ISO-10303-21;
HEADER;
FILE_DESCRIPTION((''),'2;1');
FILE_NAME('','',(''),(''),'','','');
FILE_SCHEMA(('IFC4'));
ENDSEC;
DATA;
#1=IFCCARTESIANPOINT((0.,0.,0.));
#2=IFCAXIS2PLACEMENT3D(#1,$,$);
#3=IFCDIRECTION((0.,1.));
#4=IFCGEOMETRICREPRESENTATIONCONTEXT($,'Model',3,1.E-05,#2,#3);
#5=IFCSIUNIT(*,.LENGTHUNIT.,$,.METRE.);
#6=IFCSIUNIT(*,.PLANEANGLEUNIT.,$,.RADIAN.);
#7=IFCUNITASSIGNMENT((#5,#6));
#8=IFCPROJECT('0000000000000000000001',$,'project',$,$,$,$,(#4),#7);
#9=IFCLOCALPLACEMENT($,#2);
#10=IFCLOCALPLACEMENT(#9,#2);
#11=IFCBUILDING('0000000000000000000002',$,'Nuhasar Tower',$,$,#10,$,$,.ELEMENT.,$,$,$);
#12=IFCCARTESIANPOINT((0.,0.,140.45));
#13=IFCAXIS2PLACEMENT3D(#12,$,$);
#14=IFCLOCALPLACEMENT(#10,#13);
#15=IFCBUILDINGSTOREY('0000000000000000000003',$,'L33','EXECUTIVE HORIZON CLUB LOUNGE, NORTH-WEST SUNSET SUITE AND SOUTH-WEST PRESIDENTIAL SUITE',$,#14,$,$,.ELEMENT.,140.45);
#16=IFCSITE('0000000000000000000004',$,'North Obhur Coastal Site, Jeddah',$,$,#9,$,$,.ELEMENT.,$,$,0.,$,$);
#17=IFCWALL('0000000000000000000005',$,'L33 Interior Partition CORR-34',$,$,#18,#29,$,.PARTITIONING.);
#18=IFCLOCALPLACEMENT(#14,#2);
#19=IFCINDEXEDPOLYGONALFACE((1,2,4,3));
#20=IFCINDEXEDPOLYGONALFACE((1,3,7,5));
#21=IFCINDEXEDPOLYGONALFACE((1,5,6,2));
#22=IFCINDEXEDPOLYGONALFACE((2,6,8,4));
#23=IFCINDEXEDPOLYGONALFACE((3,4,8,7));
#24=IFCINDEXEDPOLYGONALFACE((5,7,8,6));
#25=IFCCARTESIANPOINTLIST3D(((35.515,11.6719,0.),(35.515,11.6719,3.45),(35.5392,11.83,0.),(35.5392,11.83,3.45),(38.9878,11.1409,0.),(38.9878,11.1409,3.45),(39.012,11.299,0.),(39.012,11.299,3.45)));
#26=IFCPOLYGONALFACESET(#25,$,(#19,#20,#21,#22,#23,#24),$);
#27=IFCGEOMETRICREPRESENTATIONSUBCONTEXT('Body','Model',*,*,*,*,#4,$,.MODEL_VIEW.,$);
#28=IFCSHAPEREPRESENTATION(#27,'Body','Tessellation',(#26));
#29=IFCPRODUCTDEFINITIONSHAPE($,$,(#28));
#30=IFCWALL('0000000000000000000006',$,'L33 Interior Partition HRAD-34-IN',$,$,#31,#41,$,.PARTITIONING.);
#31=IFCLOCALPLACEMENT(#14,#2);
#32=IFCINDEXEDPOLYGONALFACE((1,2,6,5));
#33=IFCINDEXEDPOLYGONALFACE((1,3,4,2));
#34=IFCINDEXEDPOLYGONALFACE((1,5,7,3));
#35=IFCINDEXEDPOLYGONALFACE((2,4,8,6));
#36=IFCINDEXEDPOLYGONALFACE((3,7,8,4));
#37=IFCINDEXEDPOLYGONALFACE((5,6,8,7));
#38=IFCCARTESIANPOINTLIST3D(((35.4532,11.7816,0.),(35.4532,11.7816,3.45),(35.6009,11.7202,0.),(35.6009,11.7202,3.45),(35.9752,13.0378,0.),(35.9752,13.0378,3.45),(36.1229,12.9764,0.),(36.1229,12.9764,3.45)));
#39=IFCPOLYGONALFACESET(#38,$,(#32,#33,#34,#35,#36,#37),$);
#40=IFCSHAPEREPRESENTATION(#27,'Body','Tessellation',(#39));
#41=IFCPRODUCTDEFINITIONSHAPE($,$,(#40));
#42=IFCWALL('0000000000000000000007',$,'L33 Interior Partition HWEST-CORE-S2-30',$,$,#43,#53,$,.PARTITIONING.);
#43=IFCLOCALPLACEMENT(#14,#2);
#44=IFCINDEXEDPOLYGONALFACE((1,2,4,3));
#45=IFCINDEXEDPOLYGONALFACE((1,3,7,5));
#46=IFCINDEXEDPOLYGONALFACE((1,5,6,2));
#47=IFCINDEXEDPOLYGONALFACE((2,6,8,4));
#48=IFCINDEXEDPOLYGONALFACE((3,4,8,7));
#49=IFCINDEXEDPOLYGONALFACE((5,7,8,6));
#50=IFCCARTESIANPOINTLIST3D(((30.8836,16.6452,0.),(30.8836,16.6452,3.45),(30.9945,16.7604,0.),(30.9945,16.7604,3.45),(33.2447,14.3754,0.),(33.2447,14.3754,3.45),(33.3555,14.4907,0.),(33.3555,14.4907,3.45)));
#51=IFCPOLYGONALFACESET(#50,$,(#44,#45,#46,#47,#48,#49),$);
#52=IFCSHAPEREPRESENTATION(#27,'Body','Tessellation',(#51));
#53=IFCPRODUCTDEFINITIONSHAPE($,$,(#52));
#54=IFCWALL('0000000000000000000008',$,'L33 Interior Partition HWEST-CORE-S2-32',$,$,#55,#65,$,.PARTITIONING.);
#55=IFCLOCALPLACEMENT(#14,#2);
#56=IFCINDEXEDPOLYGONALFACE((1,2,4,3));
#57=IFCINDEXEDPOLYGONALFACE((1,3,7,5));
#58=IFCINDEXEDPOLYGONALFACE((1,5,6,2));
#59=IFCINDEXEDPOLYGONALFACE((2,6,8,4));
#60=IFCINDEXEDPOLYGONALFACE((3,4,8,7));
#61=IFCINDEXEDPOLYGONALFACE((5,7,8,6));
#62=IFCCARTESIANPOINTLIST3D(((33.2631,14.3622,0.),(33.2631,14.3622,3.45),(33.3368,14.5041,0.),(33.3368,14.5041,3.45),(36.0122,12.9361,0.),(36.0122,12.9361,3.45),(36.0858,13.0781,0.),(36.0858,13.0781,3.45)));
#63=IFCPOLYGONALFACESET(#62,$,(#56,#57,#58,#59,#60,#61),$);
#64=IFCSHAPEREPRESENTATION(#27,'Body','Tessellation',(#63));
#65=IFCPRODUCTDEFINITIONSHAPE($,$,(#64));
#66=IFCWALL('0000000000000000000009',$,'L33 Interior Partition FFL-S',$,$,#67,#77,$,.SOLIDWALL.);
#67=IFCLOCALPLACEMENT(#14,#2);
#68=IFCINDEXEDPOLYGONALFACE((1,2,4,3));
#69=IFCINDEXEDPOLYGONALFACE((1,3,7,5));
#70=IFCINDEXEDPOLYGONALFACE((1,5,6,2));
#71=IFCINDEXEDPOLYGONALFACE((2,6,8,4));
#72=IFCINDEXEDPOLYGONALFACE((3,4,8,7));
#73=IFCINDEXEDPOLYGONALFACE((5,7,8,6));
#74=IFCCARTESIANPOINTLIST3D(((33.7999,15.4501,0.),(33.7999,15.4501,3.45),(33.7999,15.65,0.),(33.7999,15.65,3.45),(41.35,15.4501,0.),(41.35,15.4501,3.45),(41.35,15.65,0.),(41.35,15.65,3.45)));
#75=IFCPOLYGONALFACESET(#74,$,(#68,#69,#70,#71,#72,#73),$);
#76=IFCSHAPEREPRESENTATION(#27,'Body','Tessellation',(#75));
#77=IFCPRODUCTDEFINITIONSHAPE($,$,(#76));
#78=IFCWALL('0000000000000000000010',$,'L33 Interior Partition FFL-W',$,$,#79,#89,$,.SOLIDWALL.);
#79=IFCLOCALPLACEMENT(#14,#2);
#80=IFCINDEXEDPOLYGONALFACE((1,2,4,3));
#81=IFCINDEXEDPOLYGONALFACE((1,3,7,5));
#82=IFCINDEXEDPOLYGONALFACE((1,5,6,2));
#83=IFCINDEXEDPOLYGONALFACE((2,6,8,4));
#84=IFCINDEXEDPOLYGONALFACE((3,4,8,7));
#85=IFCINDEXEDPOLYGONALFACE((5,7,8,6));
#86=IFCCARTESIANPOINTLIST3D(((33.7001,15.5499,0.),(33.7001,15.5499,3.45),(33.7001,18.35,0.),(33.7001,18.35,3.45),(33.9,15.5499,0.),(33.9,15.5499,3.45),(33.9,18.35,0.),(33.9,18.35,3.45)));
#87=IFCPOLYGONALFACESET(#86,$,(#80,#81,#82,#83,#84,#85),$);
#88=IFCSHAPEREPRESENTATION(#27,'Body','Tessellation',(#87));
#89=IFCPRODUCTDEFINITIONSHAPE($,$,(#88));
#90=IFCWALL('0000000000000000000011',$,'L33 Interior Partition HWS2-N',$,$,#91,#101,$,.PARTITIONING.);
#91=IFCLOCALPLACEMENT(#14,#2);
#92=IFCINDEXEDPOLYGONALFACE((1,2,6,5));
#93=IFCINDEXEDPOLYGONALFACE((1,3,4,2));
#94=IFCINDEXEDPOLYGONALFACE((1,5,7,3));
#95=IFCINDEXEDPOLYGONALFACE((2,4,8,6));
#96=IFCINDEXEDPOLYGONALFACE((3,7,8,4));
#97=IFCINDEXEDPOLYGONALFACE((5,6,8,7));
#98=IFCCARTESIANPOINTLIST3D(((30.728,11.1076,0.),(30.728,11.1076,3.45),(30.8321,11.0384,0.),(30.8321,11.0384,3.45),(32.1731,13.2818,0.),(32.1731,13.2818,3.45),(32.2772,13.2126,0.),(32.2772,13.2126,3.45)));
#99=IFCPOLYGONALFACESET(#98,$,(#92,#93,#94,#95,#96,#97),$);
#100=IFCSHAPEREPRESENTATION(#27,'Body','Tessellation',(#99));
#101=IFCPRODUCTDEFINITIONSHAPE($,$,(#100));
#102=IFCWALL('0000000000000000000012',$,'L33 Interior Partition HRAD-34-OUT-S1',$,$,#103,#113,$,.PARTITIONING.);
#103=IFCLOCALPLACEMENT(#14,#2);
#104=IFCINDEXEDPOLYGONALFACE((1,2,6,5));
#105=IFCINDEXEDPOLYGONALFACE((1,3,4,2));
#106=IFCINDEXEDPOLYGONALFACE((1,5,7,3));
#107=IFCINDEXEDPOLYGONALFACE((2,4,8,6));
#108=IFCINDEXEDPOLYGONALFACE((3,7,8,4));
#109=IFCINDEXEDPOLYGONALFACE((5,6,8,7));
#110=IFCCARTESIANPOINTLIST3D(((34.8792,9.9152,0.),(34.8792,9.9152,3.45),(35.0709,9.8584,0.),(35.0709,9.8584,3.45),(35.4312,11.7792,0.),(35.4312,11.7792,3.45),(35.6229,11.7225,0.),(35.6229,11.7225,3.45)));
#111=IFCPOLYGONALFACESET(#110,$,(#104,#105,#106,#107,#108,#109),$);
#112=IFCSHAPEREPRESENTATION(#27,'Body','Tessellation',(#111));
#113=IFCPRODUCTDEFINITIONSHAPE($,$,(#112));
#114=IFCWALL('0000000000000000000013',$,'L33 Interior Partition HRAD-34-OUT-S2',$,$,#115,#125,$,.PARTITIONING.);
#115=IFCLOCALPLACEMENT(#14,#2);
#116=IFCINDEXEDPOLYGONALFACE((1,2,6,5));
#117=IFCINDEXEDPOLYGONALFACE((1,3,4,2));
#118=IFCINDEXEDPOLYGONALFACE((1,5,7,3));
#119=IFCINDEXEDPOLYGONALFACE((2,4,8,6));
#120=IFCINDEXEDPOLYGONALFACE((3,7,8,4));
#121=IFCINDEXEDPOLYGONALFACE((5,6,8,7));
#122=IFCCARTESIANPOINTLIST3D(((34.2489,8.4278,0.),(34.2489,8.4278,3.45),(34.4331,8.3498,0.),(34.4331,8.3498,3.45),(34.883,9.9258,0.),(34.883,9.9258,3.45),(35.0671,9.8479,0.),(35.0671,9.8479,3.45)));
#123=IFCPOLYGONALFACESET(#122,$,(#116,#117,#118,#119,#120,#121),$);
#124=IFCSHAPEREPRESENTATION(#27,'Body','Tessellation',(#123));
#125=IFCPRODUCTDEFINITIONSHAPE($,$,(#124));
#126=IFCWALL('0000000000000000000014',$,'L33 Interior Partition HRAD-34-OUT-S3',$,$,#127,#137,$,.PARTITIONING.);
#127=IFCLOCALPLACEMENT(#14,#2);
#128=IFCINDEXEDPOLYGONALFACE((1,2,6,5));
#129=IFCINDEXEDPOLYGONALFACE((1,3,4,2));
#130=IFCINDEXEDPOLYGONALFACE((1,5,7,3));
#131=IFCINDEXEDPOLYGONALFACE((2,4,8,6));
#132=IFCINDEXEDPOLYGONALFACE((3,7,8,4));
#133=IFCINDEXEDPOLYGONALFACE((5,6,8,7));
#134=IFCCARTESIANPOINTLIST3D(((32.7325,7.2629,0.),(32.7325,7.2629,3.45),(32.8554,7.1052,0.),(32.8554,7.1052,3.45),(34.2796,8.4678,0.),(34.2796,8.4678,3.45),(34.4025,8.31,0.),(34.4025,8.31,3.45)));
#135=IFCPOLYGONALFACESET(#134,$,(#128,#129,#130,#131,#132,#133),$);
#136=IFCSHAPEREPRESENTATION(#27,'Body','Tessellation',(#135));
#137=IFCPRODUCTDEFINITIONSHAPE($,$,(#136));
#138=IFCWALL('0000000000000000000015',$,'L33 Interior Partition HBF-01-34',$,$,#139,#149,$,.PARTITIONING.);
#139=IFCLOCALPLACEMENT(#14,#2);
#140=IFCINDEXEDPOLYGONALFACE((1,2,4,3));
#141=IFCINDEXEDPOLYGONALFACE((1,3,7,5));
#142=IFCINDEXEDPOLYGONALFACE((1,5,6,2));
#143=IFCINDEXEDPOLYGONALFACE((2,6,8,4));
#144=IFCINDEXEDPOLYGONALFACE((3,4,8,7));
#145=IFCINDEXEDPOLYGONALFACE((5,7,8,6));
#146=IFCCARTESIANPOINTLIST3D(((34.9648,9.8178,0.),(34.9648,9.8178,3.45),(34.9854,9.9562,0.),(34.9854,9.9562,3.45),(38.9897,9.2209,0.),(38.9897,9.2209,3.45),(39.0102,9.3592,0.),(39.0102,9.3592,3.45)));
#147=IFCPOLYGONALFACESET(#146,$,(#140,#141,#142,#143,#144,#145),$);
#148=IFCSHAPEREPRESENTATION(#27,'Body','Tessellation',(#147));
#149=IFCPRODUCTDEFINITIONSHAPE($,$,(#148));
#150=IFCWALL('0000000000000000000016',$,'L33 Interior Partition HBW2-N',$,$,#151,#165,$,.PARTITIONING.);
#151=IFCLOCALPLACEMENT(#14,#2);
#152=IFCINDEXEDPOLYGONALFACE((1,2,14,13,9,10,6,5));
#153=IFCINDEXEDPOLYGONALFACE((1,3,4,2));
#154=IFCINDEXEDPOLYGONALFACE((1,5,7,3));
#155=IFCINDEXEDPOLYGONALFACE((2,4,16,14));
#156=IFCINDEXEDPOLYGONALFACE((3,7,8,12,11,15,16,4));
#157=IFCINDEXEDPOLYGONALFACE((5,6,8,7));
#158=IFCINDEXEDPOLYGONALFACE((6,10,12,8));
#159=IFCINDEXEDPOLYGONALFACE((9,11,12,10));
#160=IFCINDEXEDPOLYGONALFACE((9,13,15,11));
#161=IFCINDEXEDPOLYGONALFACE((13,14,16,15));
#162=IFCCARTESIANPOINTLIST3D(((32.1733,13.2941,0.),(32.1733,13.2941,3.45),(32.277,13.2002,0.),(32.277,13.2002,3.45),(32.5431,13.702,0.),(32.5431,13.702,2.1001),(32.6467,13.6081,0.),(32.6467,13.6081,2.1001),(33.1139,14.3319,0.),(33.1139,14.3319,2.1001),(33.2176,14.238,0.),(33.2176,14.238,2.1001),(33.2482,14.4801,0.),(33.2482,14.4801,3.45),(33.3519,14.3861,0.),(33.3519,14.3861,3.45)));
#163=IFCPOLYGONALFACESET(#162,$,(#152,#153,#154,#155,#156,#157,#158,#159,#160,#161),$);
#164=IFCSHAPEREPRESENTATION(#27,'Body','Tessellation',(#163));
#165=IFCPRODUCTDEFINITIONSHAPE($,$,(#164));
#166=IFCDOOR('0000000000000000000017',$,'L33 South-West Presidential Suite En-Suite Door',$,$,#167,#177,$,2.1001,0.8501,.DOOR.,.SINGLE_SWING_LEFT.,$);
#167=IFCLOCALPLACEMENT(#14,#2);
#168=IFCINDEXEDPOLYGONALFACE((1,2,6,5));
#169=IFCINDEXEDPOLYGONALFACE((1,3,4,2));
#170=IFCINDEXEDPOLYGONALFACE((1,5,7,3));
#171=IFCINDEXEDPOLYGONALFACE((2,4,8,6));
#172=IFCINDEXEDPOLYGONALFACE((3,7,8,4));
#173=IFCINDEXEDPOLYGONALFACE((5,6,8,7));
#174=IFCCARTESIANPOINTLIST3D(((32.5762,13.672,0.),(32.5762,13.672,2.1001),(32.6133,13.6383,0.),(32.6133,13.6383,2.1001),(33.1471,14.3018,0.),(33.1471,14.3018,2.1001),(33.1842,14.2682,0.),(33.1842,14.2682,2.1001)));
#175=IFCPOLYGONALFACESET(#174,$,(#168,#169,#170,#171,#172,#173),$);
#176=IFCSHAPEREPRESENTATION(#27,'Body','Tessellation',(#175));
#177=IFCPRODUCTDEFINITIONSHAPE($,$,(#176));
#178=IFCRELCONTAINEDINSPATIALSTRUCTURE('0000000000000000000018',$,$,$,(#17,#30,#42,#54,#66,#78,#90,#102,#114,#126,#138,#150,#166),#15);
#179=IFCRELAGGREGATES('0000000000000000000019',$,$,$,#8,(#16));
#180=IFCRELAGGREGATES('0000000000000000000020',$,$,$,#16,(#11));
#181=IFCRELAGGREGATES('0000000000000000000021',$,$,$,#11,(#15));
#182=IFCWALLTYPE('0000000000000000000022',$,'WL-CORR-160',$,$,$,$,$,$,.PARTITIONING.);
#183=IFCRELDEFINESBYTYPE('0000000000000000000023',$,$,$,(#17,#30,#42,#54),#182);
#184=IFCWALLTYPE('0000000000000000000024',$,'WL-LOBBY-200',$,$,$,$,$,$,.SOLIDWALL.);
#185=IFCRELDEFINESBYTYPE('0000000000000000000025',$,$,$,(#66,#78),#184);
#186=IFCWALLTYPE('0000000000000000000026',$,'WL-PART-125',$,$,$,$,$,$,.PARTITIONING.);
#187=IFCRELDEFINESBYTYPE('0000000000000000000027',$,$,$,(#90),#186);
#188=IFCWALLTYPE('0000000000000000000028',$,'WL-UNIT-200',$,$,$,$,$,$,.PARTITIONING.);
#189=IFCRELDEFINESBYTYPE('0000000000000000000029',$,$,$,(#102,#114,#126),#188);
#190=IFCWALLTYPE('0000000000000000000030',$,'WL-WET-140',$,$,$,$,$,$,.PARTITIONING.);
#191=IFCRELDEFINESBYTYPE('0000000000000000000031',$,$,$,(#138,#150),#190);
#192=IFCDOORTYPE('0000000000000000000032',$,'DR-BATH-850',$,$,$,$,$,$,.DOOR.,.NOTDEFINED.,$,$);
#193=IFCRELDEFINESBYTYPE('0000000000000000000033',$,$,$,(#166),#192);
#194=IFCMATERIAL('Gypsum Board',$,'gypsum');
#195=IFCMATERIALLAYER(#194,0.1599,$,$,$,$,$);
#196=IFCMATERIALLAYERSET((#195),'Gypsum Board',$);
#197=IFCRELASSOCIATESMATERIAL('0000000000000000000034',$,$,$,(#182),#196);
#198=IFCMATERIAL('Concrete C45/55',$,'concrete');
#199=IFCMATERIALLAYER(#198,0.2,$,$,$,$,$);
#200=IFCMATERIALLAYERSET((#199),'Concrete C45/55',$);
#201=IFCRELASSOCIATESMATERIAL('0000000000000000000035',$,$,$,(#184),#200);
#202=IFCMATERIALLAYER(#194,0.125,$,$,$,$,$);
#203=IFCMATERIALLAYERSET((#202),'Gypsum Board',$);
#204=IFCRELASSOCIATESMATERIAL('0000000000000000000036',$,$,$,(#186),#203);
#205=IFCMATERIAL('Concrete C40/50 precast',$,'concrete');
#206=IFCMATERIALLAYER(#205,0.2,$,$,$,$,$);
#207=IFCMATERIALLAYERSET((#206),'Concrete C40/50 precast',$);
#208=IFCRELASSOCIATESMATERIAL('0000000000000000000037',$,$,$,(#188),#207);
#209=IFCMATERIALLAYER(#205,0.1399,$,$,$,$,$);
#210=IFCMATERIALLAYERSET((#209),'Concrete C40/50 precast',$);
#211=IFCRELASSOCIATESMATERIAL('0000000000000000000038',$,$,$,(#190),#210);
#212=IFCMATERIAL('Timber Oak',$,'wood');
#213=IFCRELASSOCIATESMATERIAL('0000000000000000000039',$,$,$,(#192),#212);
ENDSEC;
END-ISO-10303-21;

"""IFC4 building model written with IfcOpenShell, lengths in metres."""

from ifc_helpers import new_model, si_unit, direction, frame, frame_2d, origin, place, context, subcontext, project, spatial, rectangle, extrude, material, layer, layer_set, type_object, element, fill, save


model = new_model("IFC4")

# Units and contexts
model_context = context("Model", 3, precision=1e-05, world=origin(), true_north=direction((0.0, 1.0)))
body_context = subcontext(model_context, "Body", "Model", "MODEL_VIEW")
ifc_project = project(units=[si_unit("LENGTHUNIT", "METRE"), si_unit("PLANEANGLEUNIT", "RADIAN")], contexts=[model_context])

# Site, building, storey
site_placement = place(None, origin())
site = spatial("IfcSite", under=ifc_project, at=site_placement, Name="North Obhur Coastal Site, Jeddah", CompositionType="ELEMENT", RefElevation=0.0)
building_placement = place(site_placement, origin())
building = spatial("IfcBuilding", under=site, at=building_placement, Name="Nuhasar Tower", CompositionType="ELEMENT")
storey_placement = place(building_placement, frame((0.0, 0.0, 140.45)))
storey = spatial("IfcBuildingStorey", under=building, at=storey_placement, Name="L33", Description="EXECUTIVE HORIZON CLUB LOUNGE, NORTH-WEST SUNSET SUITE AND SOUTH-WEST PRESIDENTIAL SUITE", CompositionType="ELEMENT", Elevation=140.45)

# Walls
ifc_material_1 = material(Name="Gypsum Board", Category="gypsum")
ifc_layer_1 = layer(ifc_material_1, 0.1599)
ifc_layer_set_1 = layer_set([ifc_layer_1], Name="Gypsum Board")
wall_type_1 = type_object("IfcWallType", Name="WL-CORR-160", PredefinedType="PARTITIONING", material=ifc_layer_set_1)
wall_1_placement = place(storey_placement, frame((35.5271, 11.751, 0.0), z_axis=(0.0, 0.0, 1.0), x_axis=(0.988512, -0.151143, 0.0)))
element("IfcWall", 1, at=wall_1_placement, inside=storey, type_object=wall_type_1, Name="L33 Interior Partition CORR-34", PredefinedType="PARTITIONING", context=body_context, shape_type="SweptSolid", body=[
    extrude(rectangle(XDim=3.5132, YDim=0.1599, at=frame_2d((1.7566, 0.0))), origin(), (0.0, 0.0, 1.0), 3.45),
])
wall_2_placement = place(storey_placement, frame((36.0491, 13.0071, 0.0), z_axis=(0.0, 0.0, 1.0), x_axis=(-0.383736, -0.923443, 0.0)))
element("IfcWall", 2, at=wall_2_placement, inside=storey, type_object=wall_type_1, Name="L33 Interior Partition HRAD-34-IN", PredefinedType="PARTITIONING", context=body_context, shape_type="SweptSolid", body=[
    extrude(rectangle(XDim=1.3604, YDim=0.1599, at=frame_2d((0.6802, 0.0))), origin(), (0.0, 0.0, 1.0), 3.45),
])
wall_3_placement = place(storey_placement, frame((30.939, 16.7029, 0.0), z_axis=(0.0, 0.0, 1.0), x_axis=(0.720909, -0.69303, 0.0)))
element("IfcWall", 3, at=wall_3_placement, inside=storey, type_object=wall_type_1, Name="L33 Interior Partition HWEST-CORE-S2-30", PredefinedType="PARTITIONING", context=body_context, shape_type="SweptSolid", body=[
    extrude(rectangle(XDim=3.2751, YDim=0.1599, at=frame_2d((1.6377, 0.0))), origin(), (0.0, 0.0, 1.0), 3.45),
])
wall_4_placement = place(storey_placement, frame((33.3, 14.4331, 0.0), z_axis=(0.0, 0.0, 1.0), x_axis=(0.887675, -0.460471, 0.0)))
element("IfcWall", 4, at=wall_4_placement, inside=storey, type_object=wall_type_1, Name="L33 Interior Partition HWEST-CORE-S2-32", PredefinedType="PARTITIONING", context=body_context, shape_type="SweptSolid", body=[
    extrude(rectangle(XDim=3.0969, YDim=0.1599, at=frame_2d((1.5483, 0.0))), origin(), (0.0, 0.0, 1.0), 3.45),
])
ifc_material_2 = material(Name="Concrete C45/55", Category="concrete")
ifc_layer_2 = layer(ifc_material_2, 0.2)
ifc_layer_set_2 = layer_set([ifc_layer_2], Name="Concrete C45/55")
wall_type_2 = type_object("IfcWallType", Name="WL-LOBBY-200", PredefinedType="SOLIDWALL", material=ifc_layer_set_2)
wall_5_placement = place(storey_placement, frame((33.8, 15.55, 0.0), z_axis=(0.0, 0.0, 1.0), x_axis=(1.0, 0.0, 0.0)))
element("IfcWall", 5, at=wall_5_placement, inside=storey, type_object=wall_type_2, Name="L33 Interior Partition FFL-S", PredefinedType="SOLIDWALL", context=body_context, shape_type="SweptSolid", body=[
    extrude(rectangle(XDim=7.55, YDim=0.2, at=frame_2d((3.7749, 0.0))), origin(), (0.0, 0.0, 1.0), 3.45),
])
wall_6_placement = place(storey_placement, frame((33.8, 15.55, 0.0), z_axis=(0.0, 0.0, 1.0), x_axis=(0.0, 1.0, 0.0)))
element("IfcWall", 6, at=wall_6_placement, inside=storey, type_object=wall_type_2, Name="L33 Interior Partition FFL-W", PredefinedType="SOLIDWALL", context=body_context, shape_type="SweptSolid", body=[
    extrude(rectangle(XDim=2.8, YDim=0.2, at=frame_2d((1.3999, 0.0))), origin(), (0.0, 0.0, 1.0), 3.45),
])
ifc_layer_3 = layer(ifc_material_1, 0.125)
ifc_layer_set_3 = layer_set([ifc_layer_3], Name="Gypsum Board")
wall_type_3 = type_object("IfcWallType", Name="WL-PART-125", PredefinedType="PARTITIONING", material=ifc_layer_set_3)
wall_7_placement = place(storey_placement, frame((32.2251, 13.2471, 0.0), z_axis=(0.0, 0.0, 1.0), x_axis=(-0.553556, -0.832812, 0.0)))
element("IfcWall", 7, at=wall_7_placement, inside=storey, type_object=wall_type_3, Name="L33 Interior Partition HWS2-N", PredefinedType="PARTITIONING", context=body_context, shape_type="SweptSolid", body=[
    extrude(rectangle(XDim=2.6106, YDim=0.125, at=frame_2d((1.3052, 0.0))), origin(), (0.0, 0.0, 1.0), 3.45),
])
ifc_material_3 = material(Name="Concrete C40/50 precast", Category="concrete")
ifc_layer_4 = layer(ifc_material_3, 0.2)
ifc_layer_set_4 = layer_set([ifc_layer_4], Name="Concrete C40/50 precast")
wall_type_4 = type_object("IfcWallType", Name="WL-UNIT-200", PredefinedType="PARTITIONING", material=ifc_layer_set_4)
wall_8_placement = place(storey_placement, frame((35.5271, 11.751, 0.0), z_axis=(0.0, 0.0, 1.0), x_axis=(-0.283947, -0.95884, 0.0)))
element("IfcWall", 8, at=wall_8_placement, inside=storey, type_object=wall_type_4, Name="L33 Interior Partition HRAD-34-OUT-S1", PredefinedType="PARTITIONING", context=body_context, shape_type="SweptSolid", body=[
    extrude(rectangle(XDim=1.9441, YDim=0.2, at=frame_2d((0.9722, 0.0))), origin(), (0.0, 0.0, 1.0), 3.45),
])
wall_9_placement = place(storey_placement, frame((34.9751, 9.887, 0.0), z_axis=(0.0, 0.0, 1.0), x_axis=(-0.389767, -0.920913, 0.0)))
element("IfcWall", 9, at=wall_9_placement, inside=storey, type_object=wall_type_4, Name="L33 Interior Partition HRAD-34-OUT-S2", PredefinedType="PARTITIONING", context=body_context, shape_type="SweptSolid", body=[
    extrude(rectangle(XDim=1.6267, YDim=0.2, at=frame_2d((0.8135, 0.0))), origin(), (0.0, 0.0, 1.0), 3.45),
])
wall_10_placement = place(storey_placement, frame((34.3411, 8.3889, 0.0), z_axis=(0.0, 0.0, 1.0), x_axis=(-0.788977, -0.614423, 0.0)))
element("IfcWall", 10, at=wall_10_placement, inside=storey, type_object=wall_type_4, Name="L33 Interior Partition HRAD-34-OUT-S3", PredefinedType="PARTITIONING", context=body_context, shape_type="SweptSolid", body=[
    extrude(rectangle(XDim=1.9609, YDim=0.2, at=frame_2d((0.9805, 0.0))), origin(), (0.0, 0.0, 1.0), 3.45),
])
ifc_layer_5 = layer(ifc_material_3, 0.1399)
ifc_layer_set_5 = layer_set([ifc_layer_5], Name="Concrete C40/50 precast")
wall_type_5 = type_object("IfcWallType", Name="WL-WET-140", PredefinedType="PARTITIONING", material=ifc_layer_set_5)
wall_11_placement = place(storey_placement, frame((34.9751, 9.887, 0.0), z_axis=(0.0, 0.0, 1.0), x_axis=(0.989181, -0.146703, 0.0)))
element("IfcWall", 11, at=wall_11_placement, inside=storey, type_object=wall_type_5, Name="L33 Interior Partition HBF-01-34", PredefinedType="PARTITIONING", context=body_context, shape_type="SweptSolid", body=[
    extrude(rectangle(XDim=4.0688, YDim=0.1399, at=frame_2d((2.0344, 0.0))), origin(), (0.0, 0.0, 1.0), 3.45),
])

# Wall, opening, door
wall_12_placement = place(storey_placement, frame((33.3, 14.4331, 0.0), z_axis=(0.0, 0.0, 1.0), x_axis=(-0.671556, -0.740954, 0.0)))
wall_12 = element("IfcWall", 12, at=wall_12_placement, inside=storey, type_object=wall_type_5, Name="L33 Interior Partition HBW2-N", PredefinedType="PARTITIONING", context=body_context, shape_type="SweptSolid", body=[
    extrude(rectangle(XDim=1.6006, YDim=0.1399, at=frame_2d((0.8003, 0.0))), origin(), (0.0, 0.0, 1.0), 3.45),
])
opening_placement = place(wall_12_placement, frame((0.2, 0.0, 0.0)))
opening = element("IfcOpeningElement", 13, at=opening_placement, cuts=wall_12, PredefinedType="OPENING", context=body_context, shape_type="SweptSolid", body=[
    extrude(rectangle(XDim=0.8501, YDim=2.1001, at=frame_2d((0.425, 1.05))), frame((0.0, 0.0801, 0.0), z_axis=(0.0, -1.0, 0.0), x_axis=(1.0, 0.0, 0.0)), (0.0, 0.0, 1.0), 0.1599),
])
ifc_material_4 = material(Name="Timber Oak", Category="wood")
door_type = type_object("IfcDoorType", Name="DR-BATH-850", OperationType="NOTDEFINED", PredefinedType="DOOR", material=ifc_material_4)
door_placement = place(opening_placement, origin())
door = element("IfcDoor", 14, at=door_placement, inside=storey, type_object=door_type, Name="L33 South-West Presidential Suite En-Suite Door", OperationType="SINGLE_SWING_LEFT", OverallHeight=2.1001, OverallWidth=0.8501, PredefinedType="DOOR", context=body_context, shape_type="SweptSolid", body=[
    extrude(rectangle(XDim=0.8501, YDim=2.1001, at=frame_2d((0.425, 1.05))), frame((0.0, 0.0249, 0.0), z_axis=(0.0, -1.0, 0.0), x_axis=(1.0, 0.0, 0.0)), (0.0, 0.0, 1.0), 0.05),
])
fill(opening, door)

save(model, "model.ifc")
